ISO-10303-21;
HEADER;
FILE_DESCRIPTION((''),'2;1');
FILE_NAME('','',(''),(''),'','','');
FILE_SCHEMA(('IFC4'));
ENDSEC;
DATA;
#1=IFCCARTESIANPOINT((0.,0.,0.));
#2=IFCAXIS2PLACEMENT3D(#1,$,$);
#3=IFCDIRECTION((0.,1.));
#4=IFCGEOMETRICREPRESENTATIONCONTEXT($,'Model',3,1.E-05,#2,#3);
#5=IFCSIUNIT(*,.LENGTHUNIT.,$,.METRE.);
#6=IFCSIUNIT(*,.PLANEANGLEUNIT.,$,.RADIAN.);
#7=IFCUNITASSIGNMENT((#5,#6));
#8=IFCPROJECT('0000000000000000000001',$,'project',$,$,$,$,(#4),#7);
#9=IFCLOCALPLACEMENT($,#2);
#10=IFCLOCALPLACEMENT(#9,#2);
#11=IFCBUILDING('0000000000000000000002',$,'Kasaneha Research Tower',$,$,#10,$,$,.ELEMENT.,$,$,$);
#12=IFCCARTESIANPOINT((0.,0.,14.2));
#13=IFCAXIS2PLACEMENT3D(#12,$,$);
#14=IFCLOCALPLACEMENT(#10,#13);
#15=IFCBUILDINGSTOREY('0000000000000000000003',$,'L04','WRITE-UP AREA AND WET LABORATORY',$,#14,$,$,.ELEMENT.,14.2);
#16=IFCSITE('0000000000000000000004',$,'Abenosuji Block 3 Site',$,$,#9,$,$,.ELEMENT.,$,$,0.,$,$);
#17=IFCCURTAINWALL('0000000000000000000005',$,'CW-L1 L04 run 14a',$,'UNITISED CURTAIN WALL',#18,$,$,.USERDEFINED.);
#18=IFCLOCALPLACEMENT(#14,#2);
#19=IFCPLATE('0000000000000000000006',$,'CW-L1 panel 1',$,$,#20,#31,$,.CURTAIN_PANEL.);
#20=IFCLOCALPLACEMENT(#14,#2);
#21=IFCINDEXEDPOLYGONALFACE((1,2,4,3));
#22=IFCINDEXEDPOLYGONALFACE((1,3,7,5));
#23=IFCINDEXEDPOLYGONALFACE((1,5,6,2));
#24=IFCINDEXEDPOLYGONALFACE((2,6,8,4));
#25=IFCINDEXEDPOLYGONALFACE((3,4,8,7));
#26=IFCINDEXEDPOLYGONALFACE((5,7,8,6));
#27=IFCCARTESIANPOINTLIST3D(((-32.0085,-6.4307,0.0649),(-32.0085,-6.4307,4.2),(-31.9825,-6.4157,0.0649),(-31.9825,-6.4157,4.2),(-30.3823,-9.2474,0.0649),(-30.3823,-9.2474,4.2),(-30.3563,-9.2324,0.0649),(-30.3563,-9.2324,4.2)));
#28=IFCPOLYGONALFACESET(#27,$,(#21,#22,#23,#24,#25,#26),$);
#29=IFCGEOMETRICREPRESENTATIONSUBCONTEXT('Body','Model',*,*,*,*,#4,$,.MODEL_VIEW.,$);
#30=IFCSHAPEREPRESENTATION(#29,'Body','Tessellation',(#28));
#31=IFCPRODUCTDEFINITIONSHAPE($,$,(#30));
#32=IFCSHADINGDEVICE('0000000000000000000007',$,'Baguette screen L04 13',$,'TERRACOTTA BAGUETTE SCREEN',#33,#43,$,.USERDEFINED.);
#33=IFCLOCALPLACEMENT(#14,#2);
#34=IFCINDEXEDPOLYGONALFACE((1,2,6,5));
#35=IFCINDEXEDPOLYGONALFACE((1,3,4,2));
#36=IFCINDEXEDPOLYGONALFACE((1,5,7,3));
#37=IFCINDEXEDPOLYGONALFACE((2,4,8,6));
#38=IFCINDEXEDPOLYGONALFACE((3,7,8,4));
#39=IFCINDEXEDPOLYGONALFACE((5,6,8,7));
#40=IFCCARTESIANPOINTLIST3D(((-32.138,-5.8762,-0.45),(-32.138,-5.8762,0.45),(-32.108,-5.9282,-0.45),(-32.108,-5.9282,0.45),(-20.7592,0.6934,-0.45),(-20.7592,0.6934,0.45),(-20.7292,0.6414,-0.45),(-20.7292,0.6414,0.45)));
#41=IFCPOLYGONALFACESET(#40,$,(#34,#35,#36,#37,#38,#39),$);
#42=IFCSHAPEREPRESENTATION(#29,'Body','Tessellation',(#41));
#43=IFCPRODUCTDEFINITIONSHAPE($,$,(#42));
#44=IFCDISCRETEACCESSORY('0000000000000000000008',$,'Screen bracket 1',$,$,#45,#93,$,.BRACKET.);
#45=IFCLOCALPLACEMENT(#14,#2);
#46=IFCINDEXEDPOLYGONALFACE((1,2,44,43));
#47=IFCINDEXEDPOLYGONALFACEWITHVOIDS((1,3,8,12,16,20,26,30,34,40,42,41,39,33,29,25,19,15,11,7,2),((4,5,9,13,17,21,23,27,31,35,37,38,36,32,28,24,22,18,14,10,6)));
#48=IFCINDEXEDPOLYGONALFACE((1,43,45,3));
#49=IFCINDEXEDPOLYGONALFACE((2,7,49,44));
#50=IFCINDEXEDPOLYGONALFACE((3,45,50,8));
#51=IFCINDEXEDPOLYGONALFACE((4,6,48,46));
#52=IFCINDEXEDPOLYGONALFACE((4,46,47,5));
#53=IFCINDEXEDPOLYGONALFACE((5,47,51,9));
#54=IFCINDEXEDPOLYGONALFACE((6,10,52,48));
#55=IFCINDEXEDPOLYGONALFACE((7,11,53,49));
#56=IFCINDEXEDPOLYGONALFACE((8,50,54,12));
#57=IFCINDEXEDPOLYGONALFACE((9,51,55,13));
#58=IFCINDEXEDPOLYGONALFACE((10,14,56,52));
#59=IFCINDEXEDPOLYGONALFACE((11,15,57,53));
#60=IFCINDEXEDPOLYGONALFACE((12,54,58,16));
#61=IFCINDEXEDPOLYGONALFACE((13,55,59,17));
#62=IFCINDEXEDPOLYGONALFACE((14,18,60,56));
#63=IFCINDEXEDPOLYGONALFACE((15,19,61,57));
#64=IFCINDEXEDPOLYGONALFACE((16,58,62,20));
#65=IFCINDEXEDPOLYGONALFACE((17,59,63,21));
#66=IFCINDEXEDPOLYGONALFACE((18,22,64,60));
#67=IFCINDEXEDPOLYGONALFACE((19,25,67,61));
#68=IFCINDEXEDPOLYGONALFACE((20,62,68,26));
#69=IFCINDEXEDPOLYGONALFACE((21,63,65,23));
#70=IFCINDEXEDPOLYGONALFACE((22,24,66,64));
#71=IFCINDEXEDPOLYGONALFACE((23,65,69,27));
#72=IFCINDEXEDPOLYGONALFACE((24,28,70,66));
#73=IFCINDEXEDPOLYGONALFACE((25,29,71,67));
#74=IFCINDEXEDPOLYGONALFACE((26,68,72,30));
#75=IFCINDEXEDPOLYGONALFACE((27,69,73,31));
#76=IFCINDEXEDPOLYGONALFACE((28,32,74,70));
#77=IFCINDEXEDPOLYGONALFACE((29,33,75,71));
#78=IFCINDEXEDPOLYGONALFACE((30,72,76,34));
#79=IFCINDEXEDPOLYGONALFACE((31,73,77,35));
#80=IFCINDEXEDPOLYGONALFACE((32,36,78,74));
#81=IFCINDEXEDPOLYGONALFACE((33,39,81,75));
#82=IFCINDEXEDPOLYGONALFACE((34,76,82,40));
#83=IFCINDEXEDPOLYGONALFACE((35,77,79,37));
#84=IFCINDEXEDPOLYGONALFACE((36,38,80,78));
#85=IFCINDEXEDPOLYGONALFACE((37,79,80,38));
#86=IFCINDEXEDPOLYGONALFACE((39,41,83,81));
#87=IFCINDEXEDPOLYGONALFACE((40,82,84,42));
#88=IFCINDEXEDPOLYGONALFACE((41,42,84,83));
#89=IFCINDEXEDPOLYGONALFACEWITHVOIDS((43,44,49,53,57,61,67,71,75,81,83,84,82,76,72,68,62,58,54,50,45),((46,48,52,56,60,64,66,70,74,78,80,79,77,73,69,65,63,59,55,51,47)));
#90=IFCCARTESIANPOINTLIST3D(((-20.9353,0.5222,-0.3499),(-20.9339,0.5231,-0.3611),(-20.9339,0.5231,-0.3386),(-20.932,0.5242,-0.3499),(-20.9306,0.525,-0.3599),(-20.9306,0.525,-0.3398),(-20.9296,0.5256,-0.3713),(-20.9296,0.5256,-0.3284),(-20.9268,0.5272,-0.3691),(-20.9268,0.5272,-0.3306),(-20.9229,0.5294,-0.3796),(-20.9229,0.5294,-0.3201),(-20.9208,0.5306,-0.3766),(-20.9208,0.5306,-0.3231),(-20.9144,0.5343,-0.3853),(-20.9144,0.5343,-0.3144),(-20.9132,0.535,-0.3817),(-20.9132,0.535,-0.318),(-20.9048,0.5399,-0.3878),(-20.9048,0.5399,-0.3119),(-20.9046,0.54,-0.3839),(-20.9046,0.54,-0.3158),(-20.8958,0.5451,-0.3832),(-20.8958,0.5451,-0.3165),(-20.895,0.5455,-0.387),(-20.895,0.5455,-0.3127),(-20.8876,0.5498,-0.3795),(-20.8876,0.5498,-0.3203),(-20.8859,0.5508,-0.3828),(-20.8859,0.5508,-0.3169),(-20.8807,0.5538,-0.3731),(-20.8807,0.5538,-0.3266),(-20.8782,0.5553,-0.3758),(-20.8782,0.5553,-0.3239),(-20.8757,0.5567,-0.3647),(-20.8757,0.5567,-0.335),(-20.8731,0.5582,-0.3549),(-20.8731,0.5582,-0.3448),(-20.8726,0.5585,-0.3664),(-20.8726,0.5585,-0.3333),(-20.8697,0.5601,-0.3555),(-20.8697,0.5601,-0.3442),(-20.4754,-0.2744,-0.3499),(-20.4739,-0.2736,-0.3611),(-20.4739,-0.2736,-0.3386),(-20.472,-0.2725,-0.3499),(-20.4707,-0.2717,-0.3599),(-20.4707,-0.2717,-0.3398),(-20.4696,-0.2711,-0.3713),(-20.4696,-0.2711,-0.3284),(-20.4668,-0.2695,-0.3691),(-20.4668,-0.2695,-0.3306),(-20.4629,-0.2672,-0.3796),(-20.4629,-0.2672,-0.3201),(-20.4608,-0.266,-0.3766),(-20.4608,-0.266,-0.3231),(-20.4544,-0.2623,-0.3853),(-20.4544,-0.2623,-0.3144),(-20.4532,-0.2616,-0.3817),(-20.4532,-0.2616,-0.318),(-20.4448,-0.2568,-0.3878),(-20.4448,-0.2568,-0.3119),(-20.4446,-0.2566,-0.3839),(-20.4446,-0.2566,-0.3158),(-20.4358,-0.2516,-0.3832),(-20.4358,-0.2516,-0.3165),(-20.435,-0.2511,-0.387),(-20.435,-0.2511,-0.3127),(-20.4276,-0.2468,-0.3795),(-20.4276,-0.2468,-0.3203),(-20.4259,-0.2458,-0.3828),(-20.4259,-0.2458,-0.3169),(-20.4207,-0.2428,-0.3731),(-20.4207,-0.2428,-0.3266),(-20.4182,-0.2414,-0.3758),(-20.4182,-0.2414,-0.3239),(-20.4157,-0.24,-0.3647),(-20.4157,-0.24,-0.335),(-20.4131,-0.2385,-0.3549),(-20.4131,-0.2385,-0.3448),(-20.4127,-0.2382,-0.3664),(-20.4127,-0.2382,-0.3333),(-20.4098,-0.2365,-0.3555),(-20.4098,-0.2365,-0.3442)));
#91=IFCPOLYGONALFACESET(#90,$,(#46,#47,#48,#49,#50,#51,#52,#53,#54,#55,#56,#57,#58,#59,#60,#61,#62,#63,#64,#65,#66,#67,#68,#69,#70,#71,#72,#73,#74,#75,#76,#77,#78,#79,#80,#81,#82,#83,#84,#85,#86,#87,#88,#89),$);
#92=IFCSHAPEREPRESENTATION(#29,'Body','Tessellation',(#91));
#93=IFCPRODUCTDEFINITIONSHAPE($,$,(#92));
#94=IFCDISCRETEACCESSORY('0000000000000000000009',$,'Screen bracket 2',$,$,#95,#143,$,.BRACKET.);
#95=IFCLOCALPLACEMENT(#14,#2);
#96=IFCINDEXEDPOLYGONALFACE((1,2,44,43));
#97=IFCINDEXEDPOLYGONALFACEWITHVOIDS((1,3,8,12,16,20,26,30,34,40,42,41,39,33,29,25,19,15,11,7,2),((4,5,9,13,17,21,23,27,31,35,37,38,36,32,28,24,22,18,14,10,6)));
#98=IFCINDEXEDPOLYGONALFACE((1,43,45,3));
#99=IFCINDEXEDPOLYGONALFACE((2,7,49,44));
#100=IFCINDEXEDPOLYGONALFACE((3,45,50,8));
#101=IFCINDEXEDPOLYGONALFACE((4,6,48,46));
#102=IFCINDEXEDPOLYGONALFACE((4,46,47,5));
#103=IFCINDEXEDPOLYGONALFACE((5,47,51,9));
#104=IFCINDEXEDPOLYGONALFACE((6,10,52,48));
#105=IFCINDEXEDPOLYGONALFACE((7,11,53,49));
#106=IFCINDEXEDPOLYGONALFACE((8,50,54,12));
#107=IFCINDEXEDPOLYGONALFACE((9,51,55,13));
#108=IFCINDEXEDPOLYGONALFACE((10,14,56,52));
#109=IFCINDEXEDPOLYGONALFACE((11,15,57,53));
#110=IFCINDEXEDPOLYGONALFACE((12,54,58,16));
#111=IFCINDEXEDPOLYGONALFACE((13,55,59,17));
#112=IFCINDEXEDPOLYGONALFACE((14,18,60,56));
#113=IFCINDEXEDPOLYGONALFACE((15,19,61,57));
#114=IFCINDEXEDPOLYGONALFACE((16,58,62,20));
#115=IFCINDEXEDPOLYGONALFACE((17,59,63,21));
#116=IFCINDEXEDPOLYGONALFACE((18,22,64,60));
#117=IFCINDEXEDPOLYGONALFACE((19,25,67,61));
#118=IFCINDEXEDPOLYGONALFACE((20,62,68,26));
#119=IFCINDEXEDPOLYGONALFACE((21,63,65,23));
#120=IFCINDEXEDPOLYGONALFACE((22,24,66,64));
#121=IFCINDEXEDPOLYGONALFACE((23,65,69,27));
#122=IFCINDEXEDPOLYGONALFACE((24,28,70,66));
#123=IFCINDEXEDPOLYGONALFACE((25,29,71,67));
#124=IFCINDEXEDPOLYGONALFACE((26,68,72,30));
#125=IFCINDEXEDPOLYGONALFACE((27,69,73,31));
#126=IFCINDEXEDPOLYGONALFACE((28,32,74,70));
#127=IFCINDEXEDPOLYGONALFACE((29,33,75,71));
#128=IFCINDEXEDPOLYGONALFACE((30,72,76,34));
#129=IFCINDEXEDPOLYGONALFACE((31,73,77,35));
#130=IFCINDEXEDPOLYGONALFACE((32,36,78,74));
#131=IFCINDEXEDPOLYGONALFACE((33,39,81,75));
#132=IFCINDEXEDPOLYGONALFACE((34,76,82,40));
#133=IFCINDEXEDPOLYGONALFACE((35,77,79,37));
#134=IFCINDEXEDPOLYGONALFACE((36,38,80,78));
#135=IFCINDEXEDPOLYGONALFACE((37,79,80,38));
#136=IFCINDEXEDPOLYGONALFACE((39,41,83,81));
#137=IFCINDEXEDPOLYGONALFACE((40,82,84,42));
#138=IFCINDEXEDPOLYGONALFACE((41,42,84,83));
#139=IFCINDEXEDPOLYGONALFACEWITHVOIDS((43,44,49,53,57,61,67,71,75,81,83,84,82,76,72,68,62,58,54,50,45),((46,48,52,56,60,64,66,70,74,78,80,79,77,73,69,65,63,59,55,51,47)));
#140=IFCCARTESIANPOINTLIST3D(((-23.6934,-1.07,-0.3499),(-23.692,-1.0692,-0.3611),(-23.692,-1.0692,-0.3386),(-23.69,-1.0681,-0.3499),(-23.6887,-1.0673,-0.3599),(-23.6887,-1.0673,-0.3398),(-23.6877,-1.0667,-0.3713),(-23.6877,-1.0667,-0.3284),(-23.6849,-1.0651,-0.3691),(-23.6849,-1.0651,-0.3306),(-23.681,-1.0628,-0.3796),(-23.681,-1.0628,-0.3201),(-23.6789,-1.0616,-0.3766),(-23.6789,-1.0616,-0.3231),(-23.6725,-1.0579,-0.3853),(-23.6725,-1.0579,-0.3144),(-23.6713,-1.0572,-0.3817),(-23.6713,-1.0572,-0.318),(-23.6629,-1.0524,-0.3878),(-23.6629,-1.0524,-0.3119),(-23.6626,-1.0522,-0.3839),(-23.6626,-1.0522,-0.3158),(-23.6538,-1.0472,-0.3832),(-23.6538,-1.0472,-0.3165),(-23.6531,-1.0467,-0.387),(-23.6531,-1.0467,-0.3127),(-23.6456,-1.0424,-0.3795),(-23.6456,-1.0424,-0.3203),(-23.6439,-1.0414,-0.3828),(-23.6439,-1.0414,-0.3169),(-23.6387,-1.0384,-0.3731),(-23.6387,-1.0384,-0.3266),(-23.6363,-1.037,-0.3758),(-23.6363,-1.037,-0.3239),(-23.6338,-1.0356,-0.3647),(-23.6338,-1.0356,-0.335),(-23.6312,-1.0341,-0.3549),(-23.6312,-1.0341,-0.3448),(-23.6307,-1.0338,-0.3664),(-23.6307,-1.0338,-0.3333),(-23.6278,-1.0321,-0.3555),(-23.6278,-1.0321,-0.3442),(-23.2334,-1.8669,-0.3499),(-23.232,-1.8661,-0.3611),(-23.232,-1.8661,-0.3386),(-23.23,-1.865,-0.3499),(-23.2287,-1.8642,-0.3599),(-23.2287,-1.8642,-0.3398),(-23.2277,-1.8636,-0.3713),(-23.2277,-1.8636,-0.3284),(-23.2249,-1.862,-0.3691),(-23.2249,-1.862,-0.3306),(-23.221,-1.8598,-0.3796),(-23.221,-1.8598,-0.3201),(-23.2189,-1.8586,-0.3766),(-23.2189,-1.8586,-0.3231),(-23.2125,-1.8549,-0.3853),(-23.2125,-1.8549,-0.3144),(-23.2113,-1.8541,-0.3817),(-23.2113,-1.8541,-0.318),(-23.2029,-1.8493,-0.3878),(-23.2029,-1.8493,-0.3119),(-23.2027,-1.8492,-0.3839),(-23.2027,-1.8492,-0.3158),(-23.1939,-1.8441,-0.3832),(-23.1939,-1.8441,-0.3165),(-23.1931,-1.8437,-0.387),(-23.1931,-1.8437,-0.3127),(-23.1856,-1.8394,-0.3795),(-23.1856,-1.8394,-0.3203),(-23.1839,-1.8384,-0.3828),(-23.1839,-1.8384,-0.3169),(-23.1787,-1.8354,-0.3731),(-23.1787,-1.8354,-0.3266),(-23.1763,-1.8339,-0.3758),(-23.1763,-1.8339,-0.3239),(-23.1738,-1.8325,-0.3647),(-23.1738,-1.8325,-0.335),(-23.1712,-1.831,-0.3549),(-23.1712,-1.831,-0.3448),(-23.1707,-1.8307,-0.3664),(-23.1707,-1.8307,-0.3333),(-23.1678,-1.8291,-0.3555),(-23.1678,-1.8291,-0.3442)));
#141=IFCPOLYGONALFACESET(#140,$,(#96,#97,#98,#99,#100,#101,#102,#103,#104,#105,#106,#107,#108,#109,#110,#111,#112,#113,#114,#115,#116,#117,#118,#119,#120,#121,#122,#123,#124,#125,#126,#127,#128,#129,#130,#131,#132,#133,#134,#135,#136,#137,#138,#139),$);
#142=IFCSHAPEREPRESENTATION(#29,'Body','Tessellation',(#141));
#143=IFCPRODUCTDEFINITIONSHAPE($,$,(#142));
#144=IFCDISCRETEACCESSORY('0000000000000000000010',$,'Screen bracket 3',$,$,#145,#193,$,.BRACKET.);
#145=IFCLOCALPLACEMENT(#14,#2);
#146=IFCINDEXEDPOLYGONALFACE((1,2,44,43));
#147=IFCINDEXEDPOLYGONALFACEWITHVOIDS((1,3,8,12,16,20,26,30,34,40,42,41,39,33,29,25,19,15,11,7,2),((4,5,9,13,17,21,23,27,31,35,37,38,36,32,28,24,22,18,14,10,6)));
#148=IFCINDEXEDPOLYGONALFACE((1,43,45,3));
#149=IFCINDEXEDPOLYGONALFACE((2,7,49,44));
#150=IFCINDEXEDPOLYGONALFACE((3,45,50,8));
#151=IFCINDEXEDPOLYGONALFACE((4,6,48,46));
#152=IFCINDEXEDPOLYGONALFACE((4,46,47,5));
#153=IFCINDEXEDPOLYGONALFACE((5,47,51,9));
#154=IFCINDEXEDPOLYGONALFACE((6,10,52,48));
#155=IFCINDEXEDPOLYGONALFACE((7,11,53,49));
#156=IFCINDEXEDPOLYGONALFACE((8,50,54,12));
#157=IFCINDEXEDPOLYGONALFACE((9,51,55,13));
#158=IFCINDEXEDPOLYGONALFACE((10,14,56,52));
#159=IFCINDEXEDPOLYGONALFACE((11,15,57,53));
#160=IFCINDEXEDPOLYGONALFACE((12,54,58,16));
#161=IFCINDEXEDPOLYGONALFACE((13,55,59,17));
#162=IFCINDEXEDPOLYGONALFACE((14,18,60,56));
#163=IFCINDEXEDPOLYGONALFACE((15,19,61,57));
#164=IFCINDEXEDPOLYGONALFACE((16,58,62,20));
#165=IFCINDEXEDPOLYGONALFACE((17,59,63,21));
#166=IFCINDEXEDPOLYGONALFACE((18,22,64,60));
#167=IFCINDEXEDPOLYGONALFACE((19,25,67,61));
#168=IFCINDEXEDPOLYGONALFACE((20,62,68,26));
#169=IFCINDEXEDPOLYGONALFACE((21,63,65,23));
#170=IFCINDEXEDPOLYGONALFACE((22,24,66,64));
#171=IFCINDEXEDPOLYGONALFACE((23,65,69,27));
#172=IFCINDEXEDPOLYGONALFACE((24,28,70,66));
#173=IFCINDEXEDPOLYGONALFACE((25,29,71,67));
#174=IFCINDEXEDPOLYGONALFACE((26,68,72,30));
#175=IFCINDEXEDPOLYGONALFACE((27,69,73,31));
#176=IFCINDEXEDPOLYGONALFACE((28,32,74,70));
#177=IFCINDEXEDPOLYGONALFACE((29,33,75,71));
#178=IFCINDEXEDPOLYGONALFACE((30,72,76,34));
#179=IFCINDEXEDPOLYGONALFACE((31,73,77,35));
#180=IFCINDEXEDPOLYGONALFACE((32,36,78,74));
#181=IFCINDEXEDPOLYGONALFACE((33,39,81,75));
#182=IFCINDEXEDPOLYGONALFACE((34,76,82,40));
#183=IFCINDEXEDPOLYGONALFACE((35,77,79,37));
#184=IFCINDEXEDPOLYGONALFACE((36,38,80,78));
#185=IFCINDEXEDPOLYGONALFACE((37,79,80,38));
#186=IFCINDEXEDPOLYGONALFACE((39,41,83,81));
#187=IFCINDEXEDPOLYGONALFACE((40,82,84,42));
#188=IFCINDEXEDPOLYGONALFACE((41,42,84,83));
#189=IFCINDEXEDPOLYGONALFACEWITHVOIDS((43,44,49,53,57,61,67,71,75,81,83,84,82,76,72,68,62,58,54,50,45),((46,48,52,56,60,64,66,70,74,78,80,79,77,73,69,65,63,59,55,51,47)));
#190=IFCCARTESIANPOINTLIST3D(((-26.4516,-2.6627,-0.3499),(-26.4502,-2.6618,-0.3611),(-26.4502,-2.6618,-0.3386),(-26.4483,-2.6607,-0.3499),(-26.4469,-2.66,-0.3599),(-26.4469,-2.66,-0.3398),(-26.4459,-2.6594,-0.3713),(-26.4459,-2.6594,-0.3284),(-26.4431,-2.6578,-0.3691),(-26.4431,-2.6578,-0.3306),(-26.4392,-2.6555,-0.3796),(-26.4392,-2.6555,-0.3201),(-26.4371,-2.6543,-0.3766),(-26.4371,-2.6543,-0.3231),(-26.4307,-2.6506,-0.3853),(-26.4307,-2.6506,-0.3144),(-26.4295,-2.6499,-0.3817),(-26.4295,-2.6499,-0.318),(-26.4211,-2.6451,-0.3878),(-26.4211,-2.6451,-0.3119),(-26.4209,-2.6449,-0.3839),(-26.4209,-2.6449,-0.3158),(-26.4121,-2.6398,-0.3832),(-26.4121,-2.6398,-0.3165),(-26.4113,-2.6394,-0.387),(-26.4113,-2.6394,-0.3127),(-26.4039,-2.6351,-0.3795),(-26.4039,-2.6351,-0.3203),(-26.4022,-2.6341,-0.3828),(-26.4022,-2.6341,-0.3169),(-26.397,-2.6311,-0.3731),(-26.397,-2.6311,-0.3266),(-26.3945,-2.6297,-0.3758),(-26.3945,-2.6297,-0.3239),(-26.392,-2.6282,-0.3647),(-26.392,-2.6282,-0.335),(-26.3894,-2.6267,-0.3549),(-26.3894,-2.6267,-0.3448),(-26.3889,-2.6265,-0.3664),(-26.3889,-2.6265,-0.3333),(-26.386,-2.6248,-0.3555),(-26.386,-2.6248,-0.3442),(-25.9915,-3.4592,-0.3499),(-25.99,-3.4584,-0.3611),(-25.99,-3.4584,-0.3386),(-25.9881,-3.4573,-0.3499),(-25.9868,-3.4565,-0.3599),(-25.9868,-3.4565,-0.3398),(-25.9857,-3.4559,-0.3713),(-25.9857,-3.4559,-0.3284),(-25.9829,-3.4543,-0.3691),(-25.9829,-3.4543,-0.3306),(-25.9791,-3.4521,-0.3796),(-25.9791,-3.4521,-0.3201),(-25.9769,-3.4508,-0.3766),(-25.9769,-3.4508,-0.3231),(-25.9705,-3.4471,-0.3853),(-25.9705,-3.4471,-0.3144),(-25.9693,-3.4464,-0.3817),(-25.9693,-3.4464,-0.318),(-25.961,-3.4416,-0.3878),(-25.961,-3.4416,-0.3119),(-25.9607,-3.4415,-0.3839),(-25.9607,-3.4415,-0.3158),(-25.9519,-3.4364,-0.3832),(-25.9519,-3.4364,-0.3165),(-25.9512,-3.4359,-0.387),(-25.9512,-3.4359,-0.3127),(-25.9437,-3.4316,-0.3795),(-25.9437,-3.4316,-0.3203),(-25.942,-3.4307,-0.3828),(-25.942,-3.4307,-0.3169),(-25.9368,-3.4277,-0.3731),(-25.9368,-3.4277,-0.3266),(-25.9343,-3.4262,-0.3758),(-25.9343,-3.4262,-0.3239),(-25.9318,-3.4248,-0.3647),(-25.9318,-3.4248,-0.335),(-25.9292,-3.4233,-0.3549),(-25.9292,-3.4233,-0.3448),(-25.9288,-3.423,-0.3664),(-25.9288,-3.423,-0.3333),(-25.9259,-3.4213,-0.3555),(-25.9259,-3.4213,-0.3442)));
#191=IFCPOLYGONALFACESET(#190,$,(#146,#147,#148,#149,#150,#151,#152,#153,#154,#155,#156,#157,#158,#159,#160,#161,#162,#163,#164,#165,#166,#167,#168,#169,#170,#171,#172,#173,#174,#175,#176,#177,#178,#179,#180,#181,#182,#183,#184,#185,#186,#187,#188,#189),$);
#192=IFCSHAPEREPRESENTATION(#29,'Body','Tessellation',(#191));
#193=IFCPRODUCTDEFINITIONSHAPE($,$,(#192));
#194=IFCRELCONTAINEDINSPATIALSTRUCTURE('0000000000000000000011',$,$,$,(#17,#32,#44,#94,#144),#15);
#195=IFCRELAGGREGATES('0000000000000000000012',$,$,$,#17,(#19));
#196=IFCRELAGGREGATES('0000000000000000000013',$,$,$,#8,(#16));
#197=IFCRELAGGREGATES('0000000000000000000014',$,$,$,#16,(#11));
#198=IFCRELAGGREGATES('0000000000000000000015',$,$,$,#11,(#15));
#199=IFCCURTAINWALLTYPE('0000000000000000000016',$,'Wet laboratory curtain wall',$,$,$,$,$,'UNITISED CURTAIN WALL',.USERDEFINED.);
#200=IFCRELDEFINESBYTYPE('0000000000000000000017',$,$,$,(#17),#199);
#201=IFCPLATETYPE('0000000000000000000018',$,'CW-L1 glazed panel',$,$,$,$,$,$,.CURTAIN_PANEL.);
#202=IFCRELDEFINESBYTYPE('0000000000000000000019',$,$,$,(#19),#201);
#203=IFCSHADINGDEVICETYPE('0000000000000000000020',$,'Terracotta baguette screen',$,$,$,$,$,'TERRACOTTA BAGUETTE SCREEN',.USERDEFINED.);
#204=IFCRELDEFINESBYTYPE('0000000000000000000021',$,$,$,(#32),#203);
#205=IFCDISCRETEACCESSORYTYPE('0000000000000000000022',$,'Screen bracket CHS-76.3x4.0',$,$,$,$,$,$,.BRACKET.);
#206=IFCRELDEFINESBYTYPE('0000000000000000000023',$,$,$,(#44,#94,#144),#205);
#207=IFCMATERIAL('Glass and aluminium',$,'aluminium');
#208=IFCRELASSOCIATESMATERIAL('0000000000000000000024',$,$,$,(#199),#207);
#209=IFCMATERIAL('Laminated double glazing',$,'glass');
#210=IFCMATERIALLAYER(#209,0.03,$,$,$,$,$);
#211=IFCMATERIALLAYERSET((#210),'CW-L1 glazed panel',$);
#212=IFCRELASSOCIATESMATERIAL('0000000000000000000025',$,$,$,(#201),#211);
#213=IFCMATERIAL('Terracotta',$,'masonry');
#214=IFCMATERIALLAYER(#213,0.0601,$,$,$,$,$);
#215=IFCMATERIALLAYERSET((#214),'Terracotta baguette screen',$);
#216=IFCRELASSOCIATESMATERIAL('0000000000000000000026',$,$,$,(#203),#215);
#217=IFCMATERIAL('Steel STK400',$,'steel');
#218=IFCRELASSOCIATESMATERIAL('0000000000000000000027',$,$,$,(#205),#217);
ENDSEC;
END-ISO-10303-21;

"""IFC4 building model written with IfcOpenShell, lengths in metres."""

from ifc_helpers import new_model, si_unit, direction, frame, origin, origin_2d, place, context, subcontext, project, spatial, rectangle, hollow_circle, extrude, material, layer, layer_set, material_profile, profile_set, type_object, element, aggregate, save


model = new_model("IFC4")

# Units and contexts
model_context = context("Model", 3, precision=1e-05, world=origin(), true_north=direction((0.0, 1.0)))
body_context = subcontext(model_context, "Body", "Model", "MODEL_VIEW")
ifc_project = project(units=[si_unit("LENGTHUNIT", "METRE"), si_unit("PLANEANGLEUNIT", "RADIAN")], contexts=[model_context])

# Site, building, storey
site_placement = place(None, origin())
site = spatial("IfcSite", under=ifc_project, at=site_placement, Name="Abenosuji Block 3 Site", CompositionType="ELEMENT", RefElevation=0.0)
building_placement = place(site_placement, origin())
building = spatial("IfcBuilding", under=site, at=building_placement, Name="Kasaneha Research Tower", CompositionType="ELEMENT")
storey_placement = place(building_placement, frame((0.0, 0.0, 14.2)))
storey = spatial("IfcBuildingStorey", under=building, at=storey_placement, Name="L04", Description="WRITE-UP AREA AND WET LABORATORY", CompositionType="ELEMENT", Elevation=14.2)

# Shared definitions
ifc_material_1 = material(Name="Glass and aluminium", Category="aluminium")
curtain_wall_type = type_object("IfcCurtainWallType", Name="Wet laboratory curtain wall", ElementType="UNITISED CURTAIN WALL", PredefinedType="USERDEFINED", material=ifc_material_1)

# Curtain wall
curtain_wall_1_placement = place(storey_placement, origin())
curtain_wall_1 = element("IfcCurtainWall", 1, at=curtain_wall_1_placement, inside=storey, type_object=curtain_wall_type, Name="CW-L1 L04 run 14a", ObjectType="UNITISED CURTAIN WALL", PredefinedType="USERDEFINED")

# Plate
ifc_material_2 = material(Name="Laminated double glazing", Category="glass")
ifc_layer_1 = layer(ifc_material_2, 0.03)
ifc_layer_set_1 = layer_set([ifc_layer_1], Name="CW-L1 glazed panel")
plate_type = type_object("IfcPlateType", Name="CW-L1 glazed panel", PredefinedType="CURTAIN_PANEL", material=ifc_layer_set_1)
plate_1_placement = place(storey_placement, frame((-31.1824, -7.8315, 0.0649), z_axis=(0.0, 0.0, 1.0), x_axis=(0.5, -0.866025, 0.0)))
plate_1 = element("IfcPlate", 2, at=plate_1_placement, type_object=plate_type, Name="CW-L1 panel 1", PredefinedType="CURTAIN_PANEL", context=body_context, shape_type="SweptSolid", body=[
    extrude(rectangle(XDim=3.2524, YDim=0.03, at=origin_2d()), origin(), (0.0, 0.0, 1.0), 4.135),
])
aggregate(curtain_wall_1, [plate_1])

# Shading device
ifc_material_3 = material(Name="Terracotta", Category="masonry")
ifc_layer_2 = layer(ifc_material_3, 0.0601)
ifc_layer_set_2 = layer_set([ifc_layer_2], Name="Terracotta baguette screen")
shading_device_type = type_object("IfcShadingDeviceType", Name="Terracotta baguette screen", ElementType="TERRACOTTA BAGUETTE SCREEN", PredefinedType="USERDEFINED", material=ifc_layer_set_2)
shading_device_placement = place(storey_placement, frame((-26.4336, -2.6174, -0.45), z_axis=(0.0, 0.0, 1.0), x_axis=(-0.866025, -0.5, 0.0)))
element("IfcShadingDevice", 3, at=shading_device_placement, inside=storey, type_object=shading_device_type, Name="Baguette screen L04 13", ObjectType="TERRACOTTA BAGUETTE SCREEN", PredefinedType="USERDEFINED", context=body_context, shape_type="SweptSolid", body=[
    extrude(rectangle(XDim=13.1392, YDim=0.0601, at=origin_2d()), origin(), (0.0, 0.0, 1.0), 0.8999),
])

# Discrete accessories
ifc_material_4 = material(Name="Steel STK400", Category="steel")
ifc_material_profile_1 = material_profile(ifc_material_4, hollow_circle(Radius=0.0381, WallThickness=0.0039, at=origin_2d()), Name="CHS-76.3x4.0")
ifc_profile_set_1 = profile_set([ifc_material_profile_1], Name="Steel STK400")
discrete_accessory_type = type_object("IfcDiscreteAccessoryType", Name="Screen bracket CHS-76.3x4.0", PredefinedType="BRACKET", material=ifc_profile_set_1)
discrete_accessory_1_placement = place(storey_placement, frame((-20.4424, -0.2554, -0.3499), z_axis=(-0.500021, 0.866013, 0.0), x_axis=(-0.866013, -0.500021, 0.0)))
element("IfcDiscreteAccessory", 4, at=discrete_accessory_1_placement, inside=storey, type_object=discrete_accessory_type, Name="Screen bracket 1", PredefinedType="BRACKET", context=body_context, shape_type="SweptSolid", body=[
    extrude(hollow_circle(Radius=0.0381, WallThickness=0.0039, at=origin_2d()), origin(), (0.0, 0.0, 1.0), 0.9199),
])
discrete_accessory_2_placement = place(storey_placement, frame((-23.2004, -1.8479, -0.3499), z_axis=(-0.499906, 0.86608, 0.0), x_axis=(-0.86608, -0.499906, 0.0)))
element("IfcDiscreteAccessory", 5, at=discrete_accessory_2_placement, inside=storey, type_object=discrete_accessory_type, Name="Screen bracket 2", PredefinedType="BRACKET", context=body_context, shape_type="SweptSolid", body=[
    extrude(hollow_circle(Radius=0.0381, WallThickness=0.0039, at=origin_2d()), origin(), (0.0, 0.0, 1.0), 0.9202),
])
discrete_accessory_3_placement = place(storey_placement, frame((-25.9585, -3.4402, -0.3499), z_axis=(-0.50022, 0.865898, 0.0), x_axis=(-0.865898, -0.50022, 0.0)))
element("IfcDiscreteAccessory", 6, at=discrete_accessory_3_placement, inside=storey, type_object=discrete_accessory_type, Name="Screen bracket 3", PredefinedType="BRACKET", context=body_context, shape_type="SweptSolid", body=[
    extrude(hollow_circle(Radius=0.0381, WallThickness=0.0039, at=origin_2d()), origin(), (0.0, 0.0, 1.0), 0.9199),
])

save(model, "model.ifc")
